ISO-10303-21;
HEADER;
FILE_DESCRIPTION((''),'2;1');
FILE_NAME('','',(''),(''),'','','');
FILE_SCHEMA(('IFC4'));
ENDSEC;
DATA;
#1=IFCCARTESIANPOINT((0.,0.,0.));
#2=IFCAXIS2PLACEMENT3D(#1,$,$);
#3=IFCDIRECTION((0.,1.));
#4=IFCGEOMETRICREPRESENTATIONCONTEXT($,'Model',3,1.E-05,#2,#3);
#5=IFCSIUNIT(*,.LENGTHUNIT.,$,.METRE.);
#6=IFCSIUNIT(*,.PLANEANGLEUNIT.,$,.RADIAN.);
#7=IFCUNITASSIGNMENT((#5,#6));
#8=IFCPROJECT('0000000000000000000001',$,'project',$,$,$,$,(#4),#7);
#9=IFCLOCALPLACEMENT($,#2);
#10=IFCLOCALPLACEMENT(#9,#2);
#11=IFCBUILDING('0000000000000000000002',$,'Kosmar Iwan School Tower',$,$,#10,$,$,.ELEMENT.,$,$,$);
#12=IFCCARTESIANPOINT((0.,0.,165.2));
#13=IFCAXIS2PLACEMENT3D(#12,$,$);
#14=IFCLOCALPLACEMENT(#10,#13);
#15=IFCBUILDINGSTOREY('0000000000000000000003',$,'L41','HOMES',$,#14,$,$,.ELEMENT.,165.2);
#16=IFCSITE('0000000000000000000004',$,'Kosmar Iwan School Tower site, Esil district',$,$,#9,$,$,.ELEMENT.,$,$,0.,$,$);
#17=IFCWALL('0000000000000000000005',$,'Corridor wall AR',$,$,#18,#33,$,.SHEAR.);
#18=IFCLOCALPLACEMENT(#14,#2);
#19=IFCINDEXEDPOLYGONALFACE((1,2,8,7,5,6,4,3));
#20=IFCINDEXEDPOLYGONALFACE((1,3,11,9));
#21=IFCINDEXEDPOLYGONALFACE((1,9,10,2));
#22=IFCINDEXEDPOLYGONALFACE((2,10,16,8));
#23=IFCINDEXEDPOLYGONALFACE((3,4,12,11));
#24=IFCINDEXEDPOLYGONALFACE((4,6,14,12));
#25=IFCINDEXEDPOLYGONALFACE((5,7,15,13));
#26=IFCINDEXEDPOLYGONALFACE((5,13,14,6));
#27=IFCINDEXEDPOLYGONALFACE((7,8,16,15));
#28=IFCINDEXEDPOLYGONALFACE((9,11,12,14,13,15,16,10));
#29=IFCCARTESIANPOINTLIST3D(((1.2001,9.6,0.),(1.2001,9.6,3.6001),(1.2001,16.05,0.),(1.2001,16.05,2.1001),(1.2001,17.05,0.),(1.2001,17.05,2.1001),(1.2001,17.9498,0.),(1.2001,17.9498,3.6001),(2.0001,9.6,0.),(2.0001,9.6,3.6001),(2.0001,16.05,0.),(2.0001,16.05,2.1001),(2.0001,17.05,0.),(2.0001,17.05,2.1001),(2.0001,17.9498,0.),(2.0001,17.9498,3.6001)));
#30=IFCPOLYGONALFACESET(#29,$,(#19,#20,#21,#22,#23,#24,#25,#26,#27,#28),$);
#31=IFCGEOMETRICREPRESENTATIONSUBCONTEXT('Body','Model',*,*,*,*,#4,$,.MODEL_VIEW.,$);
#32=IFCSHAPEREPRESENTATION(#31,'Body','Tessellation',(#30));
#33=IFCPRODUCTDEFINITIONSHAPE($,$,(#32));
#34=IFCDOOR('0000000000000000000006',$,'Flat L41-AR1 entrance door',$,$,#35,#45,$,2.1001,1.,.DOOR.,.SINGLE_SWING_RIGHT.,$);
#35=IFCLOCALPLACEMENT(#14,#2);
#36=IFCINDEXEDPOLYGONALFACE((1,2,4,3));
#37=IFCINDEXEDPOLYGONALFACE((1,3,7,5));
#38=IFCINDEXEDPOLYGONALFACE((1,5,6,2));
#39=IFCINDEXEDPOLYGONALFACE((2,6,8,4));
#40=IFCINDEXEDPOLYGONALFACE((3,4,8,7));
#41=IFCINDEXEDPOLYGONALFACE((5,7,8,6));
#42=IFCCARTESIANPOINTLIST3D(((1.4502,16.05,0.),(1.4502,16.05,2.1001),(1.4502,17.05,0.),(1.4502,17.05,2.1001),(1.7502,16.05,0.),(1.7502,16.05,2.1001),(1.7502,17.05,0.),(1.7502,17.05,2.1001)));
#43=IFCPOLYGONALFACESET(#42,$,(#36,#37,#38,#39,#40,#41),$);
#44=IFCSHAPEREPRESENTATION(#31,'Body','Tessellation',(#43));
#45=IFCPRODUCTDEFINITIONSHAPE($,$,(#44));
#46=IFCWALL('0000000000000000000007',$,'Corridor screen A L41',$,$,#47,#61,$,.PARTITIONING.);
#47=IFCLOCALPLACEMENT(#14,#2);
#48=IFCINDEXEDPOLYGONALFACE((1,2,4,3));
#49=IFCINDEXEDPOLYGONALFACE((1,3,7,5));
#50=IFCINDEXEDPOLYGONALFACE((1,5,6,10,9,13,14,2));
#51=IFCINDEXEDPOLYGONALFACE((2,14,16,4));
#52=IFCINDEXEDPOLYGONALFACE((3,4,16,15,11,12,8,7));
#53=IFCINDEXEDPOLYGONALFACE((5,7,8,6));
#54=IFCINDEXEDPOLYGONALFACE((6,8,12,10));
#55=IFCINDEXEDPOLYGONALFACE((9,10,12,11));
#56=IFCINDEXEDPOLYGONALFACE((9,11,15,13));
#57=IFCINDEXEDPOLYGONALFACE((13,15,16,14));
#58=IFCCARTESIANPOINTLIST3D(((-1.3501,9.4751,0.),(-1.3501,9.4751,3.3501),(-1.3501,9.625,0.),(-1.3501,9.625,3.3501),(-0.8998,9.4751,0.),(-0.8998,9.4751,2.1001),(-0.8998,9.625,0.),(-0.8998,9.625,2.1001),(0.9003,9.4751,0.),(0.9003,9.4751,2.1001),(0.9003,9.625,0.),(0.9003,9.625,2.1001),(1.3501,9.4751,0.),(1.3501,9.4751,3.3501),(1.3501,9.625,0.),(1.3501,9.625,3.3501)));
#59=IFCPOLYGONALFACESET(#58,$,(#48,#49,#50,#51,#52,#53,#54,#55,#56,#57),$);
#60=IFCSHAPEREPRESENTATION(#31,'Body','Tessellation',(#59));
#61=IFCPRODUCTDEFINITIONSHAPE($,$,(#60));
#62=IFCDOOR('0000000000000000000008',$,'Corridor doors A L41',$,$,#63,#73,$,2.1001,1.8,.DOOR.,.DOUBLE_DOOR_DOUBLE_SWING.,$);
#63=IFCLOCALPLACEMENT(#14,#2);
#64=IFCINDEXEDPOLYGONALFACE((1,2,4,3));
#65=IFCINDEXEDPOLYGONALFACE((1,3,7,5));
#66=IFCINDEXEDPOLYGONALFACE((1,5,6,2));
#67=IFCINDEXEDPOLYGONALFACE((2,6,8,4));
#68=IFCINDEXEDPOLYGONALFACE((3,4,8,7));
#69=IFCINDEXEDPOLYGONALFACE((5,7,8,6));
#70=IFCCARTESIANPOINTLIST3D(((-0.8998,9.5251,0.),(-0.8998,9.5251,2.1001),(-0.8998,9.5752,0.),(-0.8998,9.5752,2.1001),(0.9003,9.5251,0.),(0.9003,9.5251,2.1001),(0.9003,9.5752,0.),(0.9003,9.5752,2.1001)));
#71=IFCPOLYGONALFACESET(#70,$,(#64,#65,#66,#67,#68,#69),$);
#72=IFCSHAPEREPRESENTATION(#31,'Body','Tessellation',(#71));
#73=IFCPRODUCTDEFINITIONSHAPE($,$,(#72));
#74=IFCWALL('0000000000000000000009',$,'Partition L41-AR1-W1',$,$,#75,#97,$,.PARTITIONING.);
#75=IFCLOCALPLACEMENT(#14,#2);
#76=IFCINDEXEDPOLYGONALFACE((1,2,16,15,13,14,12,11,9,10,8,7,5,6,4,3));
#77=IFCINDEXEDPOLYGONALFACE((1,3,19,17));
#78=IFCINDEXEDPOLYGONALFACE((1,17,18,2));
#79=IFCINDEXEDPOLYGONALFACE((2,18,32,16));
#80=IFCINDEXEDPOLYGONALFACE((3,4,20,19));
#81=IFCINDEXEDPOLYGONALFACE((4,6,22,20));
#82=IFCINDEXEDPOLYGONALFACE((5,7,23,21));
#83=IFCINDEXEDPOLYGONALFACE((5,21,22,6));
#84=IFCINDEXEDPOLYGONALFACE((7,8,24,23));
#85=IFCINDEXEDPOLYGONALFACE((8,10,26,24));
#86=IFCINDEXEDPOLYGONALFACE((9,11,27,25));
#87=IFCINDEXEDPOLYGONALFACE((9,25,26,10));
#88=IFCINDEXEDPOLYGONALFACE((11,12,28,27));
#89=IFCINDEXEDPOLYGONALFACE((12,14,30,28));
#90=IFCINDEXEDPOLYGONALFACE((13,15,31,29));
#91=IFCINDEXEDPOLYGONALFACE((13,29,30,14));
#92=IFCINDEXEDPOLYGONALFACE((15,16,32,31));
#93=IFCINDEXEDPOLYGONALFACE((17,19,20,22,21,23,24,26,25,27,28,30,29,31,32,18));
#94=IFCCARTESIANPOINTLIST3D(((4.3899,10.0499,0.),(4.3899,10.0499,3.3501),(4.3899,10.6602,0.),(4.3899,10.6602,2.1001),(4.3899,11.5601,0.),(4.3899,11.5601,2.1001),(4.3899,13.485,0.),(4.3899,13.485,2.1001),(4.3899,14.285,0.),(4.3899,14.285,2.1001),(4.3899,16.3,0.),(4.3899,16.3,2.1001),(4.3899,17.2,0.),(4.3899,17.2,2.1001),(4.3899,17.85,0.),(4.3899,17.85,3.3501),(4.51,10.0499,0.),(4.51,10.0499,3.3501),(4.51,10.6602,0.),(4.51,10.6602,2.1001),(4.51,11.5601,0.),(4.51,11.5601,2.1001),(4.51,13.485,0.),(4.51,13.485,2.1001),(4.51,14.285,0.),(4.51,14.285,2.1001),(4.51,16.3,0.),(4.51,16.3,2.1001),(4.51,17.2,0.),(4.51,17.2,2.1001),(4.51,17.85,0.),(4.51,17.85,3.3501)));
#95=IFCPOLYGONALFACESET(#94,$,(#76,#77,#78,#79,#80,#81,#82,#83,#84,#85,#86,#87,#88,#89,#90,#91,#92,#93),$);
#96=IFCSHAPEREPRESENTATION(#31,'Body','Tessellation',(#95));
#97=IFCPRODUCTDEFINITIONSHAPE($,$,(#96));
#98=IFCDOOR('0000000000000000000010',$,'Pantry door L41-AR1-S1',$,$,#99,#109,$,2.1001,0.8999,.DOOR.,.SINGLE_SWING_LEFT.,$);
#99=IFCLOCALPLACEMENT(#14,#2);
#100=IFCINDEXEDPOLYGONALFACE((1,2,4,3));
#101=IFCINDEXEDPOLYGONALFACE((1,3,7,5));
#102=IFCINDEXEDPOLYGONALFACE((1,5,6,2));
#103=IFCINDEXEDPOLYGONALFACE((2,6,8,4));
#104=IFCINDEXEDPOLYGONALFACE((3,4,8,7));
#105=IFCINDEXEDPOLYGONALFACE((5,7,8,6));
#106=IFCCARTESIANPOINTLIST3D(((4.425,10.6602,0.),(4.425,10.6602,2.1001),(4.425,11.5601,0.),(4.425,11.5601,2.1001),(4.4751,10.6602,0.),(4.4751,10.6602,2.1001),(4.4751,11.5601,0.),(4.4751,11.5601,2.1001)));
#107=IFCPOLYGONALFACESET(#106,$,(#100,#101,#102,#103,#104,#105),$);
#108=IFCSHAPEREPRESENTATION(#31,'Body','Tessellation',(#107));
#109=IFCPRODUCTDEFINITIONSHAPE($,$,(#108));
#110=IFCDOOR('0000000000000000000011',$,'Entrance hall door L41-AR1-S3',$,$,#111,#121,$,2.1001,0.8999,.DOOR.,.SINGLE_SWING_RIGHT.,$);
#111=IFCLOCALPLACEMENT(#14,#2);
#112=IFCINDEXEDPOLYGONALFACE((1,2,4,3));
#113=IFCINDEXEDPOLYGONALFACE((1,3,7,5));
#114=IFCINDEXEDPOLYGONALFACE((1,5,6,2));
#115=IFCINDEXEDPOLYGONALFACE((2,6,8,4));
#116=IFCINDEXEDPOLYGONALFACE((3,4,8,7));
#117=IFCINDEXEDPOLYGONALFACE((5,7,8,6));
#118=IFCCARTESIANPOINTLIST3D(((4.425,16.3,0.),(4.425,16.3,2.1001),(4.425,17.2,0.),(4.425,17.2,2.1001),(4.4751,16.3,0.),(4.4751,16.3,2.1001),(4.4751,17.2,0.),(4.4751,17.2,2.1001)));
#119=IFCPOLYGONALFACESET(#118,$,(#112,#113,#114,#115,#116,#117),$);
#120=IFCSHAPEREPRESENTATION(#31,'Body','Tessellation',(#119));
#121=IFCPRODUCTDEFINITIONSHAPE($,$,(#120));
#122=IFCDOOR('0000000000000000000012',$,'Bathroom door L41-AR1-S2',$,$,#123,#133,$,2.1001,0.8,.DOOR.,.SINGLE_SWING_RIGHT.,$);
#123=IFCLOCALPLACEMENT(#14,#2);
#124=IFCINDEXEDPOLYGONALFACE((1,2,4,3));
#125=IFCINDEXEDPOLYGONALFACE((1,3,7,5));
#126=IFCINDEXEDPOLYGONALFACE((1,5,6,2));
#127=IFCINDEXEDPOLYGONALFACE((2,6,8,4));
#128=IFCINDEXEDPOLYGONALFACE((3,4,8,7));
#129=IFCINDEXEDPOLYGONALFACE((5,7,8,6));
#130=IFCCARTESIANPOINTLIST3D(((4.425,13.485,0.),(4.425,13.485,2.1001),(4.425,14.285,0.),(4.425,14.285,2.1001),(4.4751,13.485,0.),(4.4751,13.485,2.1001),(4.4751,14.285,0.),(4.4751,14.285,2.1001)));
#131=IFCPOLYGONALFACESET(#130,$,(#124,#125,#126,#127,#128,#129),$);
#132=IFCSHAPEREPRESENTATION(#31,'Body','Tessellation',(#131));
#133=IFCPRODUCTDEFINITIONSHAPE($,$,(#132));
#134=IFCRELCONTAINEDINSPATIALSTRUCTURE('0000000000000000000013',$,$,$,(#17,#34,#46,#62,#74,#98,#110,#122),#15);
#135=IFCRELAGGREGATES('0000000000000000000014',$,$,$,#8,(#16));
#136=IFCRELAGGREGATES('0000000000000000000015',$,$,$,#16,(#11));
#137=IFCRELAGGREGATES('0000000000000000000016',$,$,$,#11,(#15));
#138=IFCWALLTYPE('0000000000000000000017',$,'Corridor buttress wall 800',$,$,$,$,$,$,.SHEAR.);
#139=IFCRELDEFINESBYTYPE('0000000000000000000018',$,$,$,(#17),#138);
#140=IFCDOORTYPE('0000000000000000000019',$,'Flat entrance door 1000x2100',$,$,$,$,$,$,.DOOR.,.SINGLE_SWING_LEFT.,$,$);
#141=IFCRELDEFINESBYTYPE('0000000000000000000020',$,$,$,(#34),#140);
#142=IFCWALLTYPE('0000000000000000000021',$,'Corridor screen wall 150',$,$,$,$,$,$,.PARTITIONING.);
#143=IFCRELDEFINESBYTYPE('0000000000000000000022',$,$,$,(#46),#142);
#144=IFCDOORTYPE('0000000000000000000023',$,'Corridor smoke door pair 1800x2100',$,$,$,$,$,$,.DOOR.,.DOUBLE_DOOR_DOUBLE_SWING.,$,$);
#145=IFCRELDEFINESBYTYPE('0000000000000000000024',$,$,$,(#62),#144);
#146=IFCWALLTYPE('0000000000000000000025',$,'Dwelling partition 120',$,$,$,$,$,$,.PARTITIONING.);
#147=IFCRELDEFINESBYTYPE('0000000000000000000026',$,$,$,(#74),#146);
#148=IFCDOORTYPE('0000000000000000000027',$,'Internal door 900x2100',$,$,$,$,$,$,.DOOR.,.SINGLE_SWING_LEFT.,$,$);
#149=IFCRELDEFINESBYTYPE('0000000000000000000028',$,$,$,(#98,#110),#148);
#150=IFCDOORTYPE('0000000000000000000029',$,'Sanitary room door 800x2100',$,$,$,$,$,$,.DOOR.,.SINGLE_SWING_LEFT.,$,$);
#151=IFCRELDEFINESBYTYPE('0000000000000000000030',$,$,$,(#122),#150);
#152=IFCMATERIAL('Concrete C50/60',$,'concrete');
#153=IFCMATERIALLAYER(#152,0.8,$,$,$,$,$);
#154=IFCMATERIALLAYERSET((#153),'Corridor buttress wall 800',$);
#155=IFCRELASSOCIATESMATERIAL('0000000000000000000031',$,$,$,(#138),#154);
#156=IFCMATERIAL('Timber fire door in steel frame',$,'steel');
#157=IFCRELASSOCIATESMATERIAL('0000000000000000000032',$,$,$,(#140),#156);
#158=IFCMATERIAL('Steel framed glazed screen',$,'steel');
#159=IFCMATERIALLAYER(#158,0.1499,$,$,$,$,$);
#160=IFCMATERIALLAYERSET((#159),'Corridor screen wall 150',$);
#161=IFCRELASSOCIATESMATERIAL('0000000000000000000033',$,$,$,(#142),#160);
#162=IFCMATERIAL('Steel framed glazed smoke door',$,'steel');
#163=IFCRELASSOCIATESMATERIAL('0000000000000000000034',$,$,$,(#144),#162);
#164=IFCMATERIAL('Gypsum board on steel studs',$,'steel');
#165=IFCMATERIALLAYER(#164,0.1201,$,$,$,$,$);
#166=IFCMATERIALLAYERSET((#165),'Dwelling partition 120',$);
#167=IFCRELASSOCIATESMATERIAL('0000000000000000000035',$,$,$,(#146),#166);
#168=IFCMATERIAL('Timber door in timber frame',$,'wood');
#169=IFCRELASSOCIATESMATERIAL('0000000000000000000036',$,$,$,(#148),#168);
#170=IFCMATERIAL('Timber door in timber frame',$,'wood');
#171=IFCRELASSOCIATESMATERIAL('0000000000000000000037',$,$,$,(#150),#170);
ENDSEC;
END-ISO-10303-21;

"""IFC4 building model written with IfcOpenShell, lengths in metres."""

from ifc_helpers import new_model, si_unit, direction, frame, frame_2d, origin, place, context, subcontext, project, spatial, rectangle, extrude, material, layer, layer_set, type_object, element, fill, save


model = new_model("IFC4")

# Units and contexts
model_context = context("Model", 3, precision=1e-05, world=origin(), true_north=direction((0.0, 1.0)))
body_context = subcontext(model_context, "Body", "Model", "MODEL_VIEW")
ifc_project = project(units=[si_unit("LENGTHUNIT", "METRE"), si_unit("PLANEANGLEUNIT", "RADIAN")], contexts=[model_context])

# Site, building, storey
site_placement = place(None, origin())
site = spatial("IfcSite", under=ifc_project, at=site_placement, Name="Kosmar Iwan School Tower site, Esil district", CompositionType="ELEMENT", RefElevation=0.0)
building_placement = place(site_placement, origin())
building = spatial("IfcBuilding", under=site, at=building_placement, Name="Kosmar Iwan School Tower", CompositionType="ELEMENT")
storey_placement = place(building_placement, frame((0.0, 0.0, 165.2)))
storey = spatial("IfcBuildingStorey", under=building, at=storey_placement, Name="L41", Description="HOMES", CompositionType="ELEMENT", Elevation=165.2)

# Walls, openings, doors
ifc_material_1 = material(Name="Concrete C50/60", Category="concrete")
ifc_layer_1 = layer(ifc_material_1, 0.8)
ifc_layer_set_1 = layer_set([ifc_layer_1], Name="Corridor buttress wall 800")
wall_type_1 = type_object("IfcWallType", Name="Corridor buttress wall 800", PredefinedType="SHEAR", material=ifc_layer_set_1)
wall_1_placement = place(storey_placement, frame((1.6001, 9.6001, 0.0), z_axis=(0.0, 0.0, 1.0), x_axis=(0.0, 1.0, 0.0)))
wall_1 = element("IfcWall", 1, at=wall_1_placement, inside=storey, type_object=wall_type_1, Name="Corridor wall AR", PredefinedType="SHEAR", context=body_context, shape_type="SweptSolid", body=[
    extrude(rectangle(XDim=8.3499, YDim=0.8, at=frame_2d((4.1748, 0.0))), origin(), (0.0, 0.0, 1.0), 3.6001),
])
opening_1_placement = place(wall_1_placement, frame((6.45, 0.0, 0.0)))
opening_1 = element("IfcOpeningElement", 2, at=opening_1_placement, cuts=wall_1, PredefinedType="OPENING", context=body_context, shape_type="SweptSolid", body=[
    extrude(rectangle(XDim=1.0, YDim=2.1001, at=frame_2d((0.5, 1.05))), frame((0.0, 0.4121, 0.0), z_axis=(0.0, -1.0, 0.0), x_axis=(1.0, 0.0, 0.0)), (0.0, 0.0, 1.0), 0.824),
])
ifc_material_2 = material(Name="Timber fire door in steel frame", Category="steel")
door_type_1 = type_object("IfcDoorType", Name="Flat entrance door 1000x2100", OperationType="SINGLE_SWING_LEFT", PredefinedType="DOOR", material=ifc_material_2)
door_1_placement = place(opening_1_placement, origin())
door_1 = element("IfcDoor", 3, at=door_1_placement, inside=storey, type_object=door_type_1, Name="Flat L41-AR1 entrance door", OperationType="SINGLE_SWING_RIGHT", OverallHeight=2.1001, OverallWidth=1.0, PredefinedType="DOOR", context=body_context, shape_type="SweptSolid", body=[
    extrude(rectangle(XDim=1.0, YDim=2.1001, at=frame_2d((0.5, 1.05))), frame((0.0, 0.1499, 0.0), z_axis=(0.0, -1.0, 0.0), x_axis=(1.0, 0.0, 0.0)), (0.0, 0.0, 1.0), 0.3),
])
fill(opening_1, door_1)
ifc_material_3 = material(Name="Steel framed glazed screen", Category="steel")
ifc_layer_2 = layer(ifc_material_3, 0.1499)
ifc_layer_set_2 = layer_set([ifc_layer_2], Name="Corridor screen wall 150")
wall_type_2 = type_object("IfcWallType", Name="Corridor screen wall 150", PredefinedType="PARTITIONING", material=ifc_layer_set_2)
wall_2_placement = place(storey_placement, frame((1.3501, 9.55, 0.0), z_axis=(0.0, 0.0, 1.0), x_axis=(-1.0, 0.0, 0.0)))
wall_2 = element("IfcWall", 4, at=wall_2_placement, inside=storey, type_object=wall_type_2, Name="Corridor screen A L41", PredefinedType="PARTITIONING", context=body_context, shape_type="SweptSolid", body=[
    extrude(rectangle(XDim=2.7002, YDim=0.1499, at=frame_2d((1.3501, 0.0))), origin(), (0.0, 0.0, 1.0), 3.3501),
])
opening_2_placement = place(wall_2_placement, frame((0.45, 0.0, 0.0)))
opening_2 = element("IfcOpeningElement", 5, at=opening_2_placement, cuts=wall_2, PredefinedType="OPENING", context=body_context, shape_type="SweptSolid", body=[
    extrude(rectangle(XDim=1.8, YDim=2.1001, at=frame_2d((0.8999, 1.05))), frame((0.0, 0.0869, 0.0), z_axis=(0.0, -1.0, 0.0), x_axis=(1.0, 0.0, 0.0)), (0.0, 0.0, 1.0), 0.1738),
])
ifc_material_4 = material(Name="Steel framed glazed smoke door", Category="steel")
door_type_2 = type_object("IfcDoorType", Name="Corridor smoke door pair 1800x2100", OperationType="DOUBLE_DOOR_DOUBLE_SWING", PredefinedType="DOOR", material=ifc_material_4)
door_2_placement = place(opening_2_placement, origin())
door_2 = element("IfcDoor", 6, at=door_2_placement, inside=storey, type_object=door_type_2, Name="Corridor doors A L41", OperationType="DOUBLE_DOOR_DOUBLE_SWING", OverallHeight=2.1001, OverallWidth=1.8, PredefinedType="DOOR", context=body_context, shape_type="SweptSolid", body=[
    extrude(rectangle(XDim=1.8, YDim=2.1001, at=frame_2d((0.8999, 1.05))), frame((0.0, 0.0249, 0.0), z_axis=(0.0, -1.0, 0.0), x_axis=(1.0, 0.0, 0.0)), (0.0, 0.0, 1.0), 0.05),
])
fill(opening_2, door_2)

# Wall, openings, doors
ifc_material_5 = material(Name="Gypsum board on steel studs", Category="steel")
ifc_layer_3 = layer(ifc_material_5, 0.1201)
ifc_layer_set_3 = layer_set([ifc_layer_3], Name="Dwelling partition 120")
wall_type_3 = type_object("IfcWallType", Name="Dwelling partition 120", PredefinedType="PARTITIONING", material=ifc_layer_set_3)
wall_3_placement = place(storey_placement, frame((4.45, 10.05, 0.0), z_axis=(0.0, 0.0, 1.0), x_axis=(0.0, 1.0, 0.0)))
wall_3 = element("IfcWall", 7, at=wall_3_placement, inside=storey, type_object=wall_type_3, Name="Partition L41-AR1-W1", PredefinedType="PARTITIONING", context=body_context, shape_type="SweptSolid", body=[
    extrude(rectangle(XDim=7.8, YDim=0.1201, at=frame_2d((3.8999, 0.0))), origin(), (0.0, 0.0, 1.0), 3.3501),
])
opening_3_placement = place(wall_3_placement, frame((0.6101, 0.0, 0.0)))
opening_3 = element("IfcOpeningElement", 8, at=opening_3_placement, cuts=wall_3, PredefinedType="OPENING", context=body_context, shape_type="SweptSolid", body=[
    extrude(rectangle(XDim=0.8999, YDim=2.1001, at=frame_2d((0.45, 1.05))), frame((0.0, 0.072, 0.0), z_axis=(0.0, -1.0, 0.0), x_axis=(1.0, 0.0, 0.0)), (0.0, 0.0, 1.0), 0.144),
])
opening_4_placement = place(wall_3_placement, frame((3.4351, 0.0, 0.0)))
opening_4 = element("IfcOpeningElement", 9, at=opening_4_placement, cuts=wall_3, PredefinedType="OPENING", context=body_context, shape_type="SweptSolid", body=[
    extrude(rectangle(XDim=0.8, YDim=2.1001, at=frame_2d((0.3999, 1.05))), frame((0.0, 0.072, 0.0), z_axis=(0.0, -1.0, 0.0), x_axis=(1.0, 0.0, 0.0)), (0.0, 0.0, 1.0), 0.144),
])
opening_5_placement = place(wall_3_placement, frame((6.25, 0.0, 0.0)))
opening_5 = element("IfcOpeningElement", 10, at=opening_5_placement, cuts=wall_3, PredefinedType="OPENING", context=body_context, shape_type="SweptSolid", body=[
    extrude(rectangle(XDim=0.8999, YDim=2.1001, at=frame_2d((0.45, 1.05))), frame((0.0, 0.072, 0.0), z_axis=(0.0, -1.0, 0.0), x_axis=(1.0, 0.0, 0.0)), (0.0, 0.0, 1.0), 0.144),
])
ifc_material_6 = material(Name="Timber door in timber frame", Category="wood")
door_type_3 = type_object("IfcDoorType", Name="Internal door 900x2100", OperationType="SINGLE_SWING_LEFT", PredefinedType="DOOR", material=ifc_material_6)
door_3_placement = place(opening_3_placement, origin())
door_3 = element("IfcDoor", 11, at=door_3_placement, inside=storey, type_object=door_type_3, Name="Pantry door L41-AR1-S1", OperationType="SINGLE_SWING_LEFT", OverallHeight=2.1001, OverallWidth=0.8999, PredefinedType="DOOR", context=body_context, shape_type="SweptSolid", body=[
    extrude(rectangle(XDim=0.8999, YDim=2.1001, at=frame_2d((0.45, 1.05))), frame((0.0, 0.0249, 0.0), z_axis=(0.0, -1.0, 0.0), x_axis=(1.0, 0.0, 0.0)), (0.0, 0.0, 1.0), 0.05),
])
fill(opening_3, door_3)
door_4_placement = place(opening_5_placement, origin())
door_4 = element("IfcDoor", 12, at=door_4_placement, inside=storey, type_object=door_type_3, Name="Entrance hall door L41-AR1-S3", OperationType="SINGLE_SWING_RIGHT", OverallHeight=2.1001, OverallWidth=0.8999, PredefinedType="DOOR", context=body_context, shape_type="SweptSolid", body=[
    extrude(rectangle(XDim=0.8999, YDim=2.1001, at=frame_2d((0.45, 1.05))), frame((0.0, 0.0249, 0.0), z_axis=(0.0, -1.0, 0.0), x_axis=(1.0, 0.0, 0.0)), (0.0, 0.0, 1.0), 0.05),
])
fill(opening_5, door_4)
ifc_material_7 = material(Name="Timber door in timber frame", Category="wood")
door_type_4 = type_object("IfcDoorType", Name="Sanitary room door 800x2100", OperationType="SINGLE_SWING_LEFT", PredefinedType="DOOR", material=ifc_material_7)
door_5_placement = place(opening_4_placement, origin())
door_5 = element("IfcDoor", 13, at=door_5_placement, inside=storey, type_object=door_type_4, Name="Bathroom door L41-AR1-S2", OperationType="SINGLE_SWING_RIGHT", OverallHeight=2.1001, OverallWidth=0.8, PredefinedType="DOOR", context=body_context, shape_type="SweptSolid", body=[
    extrude(rectangle(XDim=0.8, YDim=2.1001, at=frame_2d((0.3999, 1.05))), frame((0.0, 0.0249, 0.0), z_axis=(0.0, -1.0, 0.0), x_axis=(1.0, 0.0, 0.0)), (0.0, 0.0, 1.0), 0.05),
])
fill(opening_4, door_5)

save(model, "model.ifc")
